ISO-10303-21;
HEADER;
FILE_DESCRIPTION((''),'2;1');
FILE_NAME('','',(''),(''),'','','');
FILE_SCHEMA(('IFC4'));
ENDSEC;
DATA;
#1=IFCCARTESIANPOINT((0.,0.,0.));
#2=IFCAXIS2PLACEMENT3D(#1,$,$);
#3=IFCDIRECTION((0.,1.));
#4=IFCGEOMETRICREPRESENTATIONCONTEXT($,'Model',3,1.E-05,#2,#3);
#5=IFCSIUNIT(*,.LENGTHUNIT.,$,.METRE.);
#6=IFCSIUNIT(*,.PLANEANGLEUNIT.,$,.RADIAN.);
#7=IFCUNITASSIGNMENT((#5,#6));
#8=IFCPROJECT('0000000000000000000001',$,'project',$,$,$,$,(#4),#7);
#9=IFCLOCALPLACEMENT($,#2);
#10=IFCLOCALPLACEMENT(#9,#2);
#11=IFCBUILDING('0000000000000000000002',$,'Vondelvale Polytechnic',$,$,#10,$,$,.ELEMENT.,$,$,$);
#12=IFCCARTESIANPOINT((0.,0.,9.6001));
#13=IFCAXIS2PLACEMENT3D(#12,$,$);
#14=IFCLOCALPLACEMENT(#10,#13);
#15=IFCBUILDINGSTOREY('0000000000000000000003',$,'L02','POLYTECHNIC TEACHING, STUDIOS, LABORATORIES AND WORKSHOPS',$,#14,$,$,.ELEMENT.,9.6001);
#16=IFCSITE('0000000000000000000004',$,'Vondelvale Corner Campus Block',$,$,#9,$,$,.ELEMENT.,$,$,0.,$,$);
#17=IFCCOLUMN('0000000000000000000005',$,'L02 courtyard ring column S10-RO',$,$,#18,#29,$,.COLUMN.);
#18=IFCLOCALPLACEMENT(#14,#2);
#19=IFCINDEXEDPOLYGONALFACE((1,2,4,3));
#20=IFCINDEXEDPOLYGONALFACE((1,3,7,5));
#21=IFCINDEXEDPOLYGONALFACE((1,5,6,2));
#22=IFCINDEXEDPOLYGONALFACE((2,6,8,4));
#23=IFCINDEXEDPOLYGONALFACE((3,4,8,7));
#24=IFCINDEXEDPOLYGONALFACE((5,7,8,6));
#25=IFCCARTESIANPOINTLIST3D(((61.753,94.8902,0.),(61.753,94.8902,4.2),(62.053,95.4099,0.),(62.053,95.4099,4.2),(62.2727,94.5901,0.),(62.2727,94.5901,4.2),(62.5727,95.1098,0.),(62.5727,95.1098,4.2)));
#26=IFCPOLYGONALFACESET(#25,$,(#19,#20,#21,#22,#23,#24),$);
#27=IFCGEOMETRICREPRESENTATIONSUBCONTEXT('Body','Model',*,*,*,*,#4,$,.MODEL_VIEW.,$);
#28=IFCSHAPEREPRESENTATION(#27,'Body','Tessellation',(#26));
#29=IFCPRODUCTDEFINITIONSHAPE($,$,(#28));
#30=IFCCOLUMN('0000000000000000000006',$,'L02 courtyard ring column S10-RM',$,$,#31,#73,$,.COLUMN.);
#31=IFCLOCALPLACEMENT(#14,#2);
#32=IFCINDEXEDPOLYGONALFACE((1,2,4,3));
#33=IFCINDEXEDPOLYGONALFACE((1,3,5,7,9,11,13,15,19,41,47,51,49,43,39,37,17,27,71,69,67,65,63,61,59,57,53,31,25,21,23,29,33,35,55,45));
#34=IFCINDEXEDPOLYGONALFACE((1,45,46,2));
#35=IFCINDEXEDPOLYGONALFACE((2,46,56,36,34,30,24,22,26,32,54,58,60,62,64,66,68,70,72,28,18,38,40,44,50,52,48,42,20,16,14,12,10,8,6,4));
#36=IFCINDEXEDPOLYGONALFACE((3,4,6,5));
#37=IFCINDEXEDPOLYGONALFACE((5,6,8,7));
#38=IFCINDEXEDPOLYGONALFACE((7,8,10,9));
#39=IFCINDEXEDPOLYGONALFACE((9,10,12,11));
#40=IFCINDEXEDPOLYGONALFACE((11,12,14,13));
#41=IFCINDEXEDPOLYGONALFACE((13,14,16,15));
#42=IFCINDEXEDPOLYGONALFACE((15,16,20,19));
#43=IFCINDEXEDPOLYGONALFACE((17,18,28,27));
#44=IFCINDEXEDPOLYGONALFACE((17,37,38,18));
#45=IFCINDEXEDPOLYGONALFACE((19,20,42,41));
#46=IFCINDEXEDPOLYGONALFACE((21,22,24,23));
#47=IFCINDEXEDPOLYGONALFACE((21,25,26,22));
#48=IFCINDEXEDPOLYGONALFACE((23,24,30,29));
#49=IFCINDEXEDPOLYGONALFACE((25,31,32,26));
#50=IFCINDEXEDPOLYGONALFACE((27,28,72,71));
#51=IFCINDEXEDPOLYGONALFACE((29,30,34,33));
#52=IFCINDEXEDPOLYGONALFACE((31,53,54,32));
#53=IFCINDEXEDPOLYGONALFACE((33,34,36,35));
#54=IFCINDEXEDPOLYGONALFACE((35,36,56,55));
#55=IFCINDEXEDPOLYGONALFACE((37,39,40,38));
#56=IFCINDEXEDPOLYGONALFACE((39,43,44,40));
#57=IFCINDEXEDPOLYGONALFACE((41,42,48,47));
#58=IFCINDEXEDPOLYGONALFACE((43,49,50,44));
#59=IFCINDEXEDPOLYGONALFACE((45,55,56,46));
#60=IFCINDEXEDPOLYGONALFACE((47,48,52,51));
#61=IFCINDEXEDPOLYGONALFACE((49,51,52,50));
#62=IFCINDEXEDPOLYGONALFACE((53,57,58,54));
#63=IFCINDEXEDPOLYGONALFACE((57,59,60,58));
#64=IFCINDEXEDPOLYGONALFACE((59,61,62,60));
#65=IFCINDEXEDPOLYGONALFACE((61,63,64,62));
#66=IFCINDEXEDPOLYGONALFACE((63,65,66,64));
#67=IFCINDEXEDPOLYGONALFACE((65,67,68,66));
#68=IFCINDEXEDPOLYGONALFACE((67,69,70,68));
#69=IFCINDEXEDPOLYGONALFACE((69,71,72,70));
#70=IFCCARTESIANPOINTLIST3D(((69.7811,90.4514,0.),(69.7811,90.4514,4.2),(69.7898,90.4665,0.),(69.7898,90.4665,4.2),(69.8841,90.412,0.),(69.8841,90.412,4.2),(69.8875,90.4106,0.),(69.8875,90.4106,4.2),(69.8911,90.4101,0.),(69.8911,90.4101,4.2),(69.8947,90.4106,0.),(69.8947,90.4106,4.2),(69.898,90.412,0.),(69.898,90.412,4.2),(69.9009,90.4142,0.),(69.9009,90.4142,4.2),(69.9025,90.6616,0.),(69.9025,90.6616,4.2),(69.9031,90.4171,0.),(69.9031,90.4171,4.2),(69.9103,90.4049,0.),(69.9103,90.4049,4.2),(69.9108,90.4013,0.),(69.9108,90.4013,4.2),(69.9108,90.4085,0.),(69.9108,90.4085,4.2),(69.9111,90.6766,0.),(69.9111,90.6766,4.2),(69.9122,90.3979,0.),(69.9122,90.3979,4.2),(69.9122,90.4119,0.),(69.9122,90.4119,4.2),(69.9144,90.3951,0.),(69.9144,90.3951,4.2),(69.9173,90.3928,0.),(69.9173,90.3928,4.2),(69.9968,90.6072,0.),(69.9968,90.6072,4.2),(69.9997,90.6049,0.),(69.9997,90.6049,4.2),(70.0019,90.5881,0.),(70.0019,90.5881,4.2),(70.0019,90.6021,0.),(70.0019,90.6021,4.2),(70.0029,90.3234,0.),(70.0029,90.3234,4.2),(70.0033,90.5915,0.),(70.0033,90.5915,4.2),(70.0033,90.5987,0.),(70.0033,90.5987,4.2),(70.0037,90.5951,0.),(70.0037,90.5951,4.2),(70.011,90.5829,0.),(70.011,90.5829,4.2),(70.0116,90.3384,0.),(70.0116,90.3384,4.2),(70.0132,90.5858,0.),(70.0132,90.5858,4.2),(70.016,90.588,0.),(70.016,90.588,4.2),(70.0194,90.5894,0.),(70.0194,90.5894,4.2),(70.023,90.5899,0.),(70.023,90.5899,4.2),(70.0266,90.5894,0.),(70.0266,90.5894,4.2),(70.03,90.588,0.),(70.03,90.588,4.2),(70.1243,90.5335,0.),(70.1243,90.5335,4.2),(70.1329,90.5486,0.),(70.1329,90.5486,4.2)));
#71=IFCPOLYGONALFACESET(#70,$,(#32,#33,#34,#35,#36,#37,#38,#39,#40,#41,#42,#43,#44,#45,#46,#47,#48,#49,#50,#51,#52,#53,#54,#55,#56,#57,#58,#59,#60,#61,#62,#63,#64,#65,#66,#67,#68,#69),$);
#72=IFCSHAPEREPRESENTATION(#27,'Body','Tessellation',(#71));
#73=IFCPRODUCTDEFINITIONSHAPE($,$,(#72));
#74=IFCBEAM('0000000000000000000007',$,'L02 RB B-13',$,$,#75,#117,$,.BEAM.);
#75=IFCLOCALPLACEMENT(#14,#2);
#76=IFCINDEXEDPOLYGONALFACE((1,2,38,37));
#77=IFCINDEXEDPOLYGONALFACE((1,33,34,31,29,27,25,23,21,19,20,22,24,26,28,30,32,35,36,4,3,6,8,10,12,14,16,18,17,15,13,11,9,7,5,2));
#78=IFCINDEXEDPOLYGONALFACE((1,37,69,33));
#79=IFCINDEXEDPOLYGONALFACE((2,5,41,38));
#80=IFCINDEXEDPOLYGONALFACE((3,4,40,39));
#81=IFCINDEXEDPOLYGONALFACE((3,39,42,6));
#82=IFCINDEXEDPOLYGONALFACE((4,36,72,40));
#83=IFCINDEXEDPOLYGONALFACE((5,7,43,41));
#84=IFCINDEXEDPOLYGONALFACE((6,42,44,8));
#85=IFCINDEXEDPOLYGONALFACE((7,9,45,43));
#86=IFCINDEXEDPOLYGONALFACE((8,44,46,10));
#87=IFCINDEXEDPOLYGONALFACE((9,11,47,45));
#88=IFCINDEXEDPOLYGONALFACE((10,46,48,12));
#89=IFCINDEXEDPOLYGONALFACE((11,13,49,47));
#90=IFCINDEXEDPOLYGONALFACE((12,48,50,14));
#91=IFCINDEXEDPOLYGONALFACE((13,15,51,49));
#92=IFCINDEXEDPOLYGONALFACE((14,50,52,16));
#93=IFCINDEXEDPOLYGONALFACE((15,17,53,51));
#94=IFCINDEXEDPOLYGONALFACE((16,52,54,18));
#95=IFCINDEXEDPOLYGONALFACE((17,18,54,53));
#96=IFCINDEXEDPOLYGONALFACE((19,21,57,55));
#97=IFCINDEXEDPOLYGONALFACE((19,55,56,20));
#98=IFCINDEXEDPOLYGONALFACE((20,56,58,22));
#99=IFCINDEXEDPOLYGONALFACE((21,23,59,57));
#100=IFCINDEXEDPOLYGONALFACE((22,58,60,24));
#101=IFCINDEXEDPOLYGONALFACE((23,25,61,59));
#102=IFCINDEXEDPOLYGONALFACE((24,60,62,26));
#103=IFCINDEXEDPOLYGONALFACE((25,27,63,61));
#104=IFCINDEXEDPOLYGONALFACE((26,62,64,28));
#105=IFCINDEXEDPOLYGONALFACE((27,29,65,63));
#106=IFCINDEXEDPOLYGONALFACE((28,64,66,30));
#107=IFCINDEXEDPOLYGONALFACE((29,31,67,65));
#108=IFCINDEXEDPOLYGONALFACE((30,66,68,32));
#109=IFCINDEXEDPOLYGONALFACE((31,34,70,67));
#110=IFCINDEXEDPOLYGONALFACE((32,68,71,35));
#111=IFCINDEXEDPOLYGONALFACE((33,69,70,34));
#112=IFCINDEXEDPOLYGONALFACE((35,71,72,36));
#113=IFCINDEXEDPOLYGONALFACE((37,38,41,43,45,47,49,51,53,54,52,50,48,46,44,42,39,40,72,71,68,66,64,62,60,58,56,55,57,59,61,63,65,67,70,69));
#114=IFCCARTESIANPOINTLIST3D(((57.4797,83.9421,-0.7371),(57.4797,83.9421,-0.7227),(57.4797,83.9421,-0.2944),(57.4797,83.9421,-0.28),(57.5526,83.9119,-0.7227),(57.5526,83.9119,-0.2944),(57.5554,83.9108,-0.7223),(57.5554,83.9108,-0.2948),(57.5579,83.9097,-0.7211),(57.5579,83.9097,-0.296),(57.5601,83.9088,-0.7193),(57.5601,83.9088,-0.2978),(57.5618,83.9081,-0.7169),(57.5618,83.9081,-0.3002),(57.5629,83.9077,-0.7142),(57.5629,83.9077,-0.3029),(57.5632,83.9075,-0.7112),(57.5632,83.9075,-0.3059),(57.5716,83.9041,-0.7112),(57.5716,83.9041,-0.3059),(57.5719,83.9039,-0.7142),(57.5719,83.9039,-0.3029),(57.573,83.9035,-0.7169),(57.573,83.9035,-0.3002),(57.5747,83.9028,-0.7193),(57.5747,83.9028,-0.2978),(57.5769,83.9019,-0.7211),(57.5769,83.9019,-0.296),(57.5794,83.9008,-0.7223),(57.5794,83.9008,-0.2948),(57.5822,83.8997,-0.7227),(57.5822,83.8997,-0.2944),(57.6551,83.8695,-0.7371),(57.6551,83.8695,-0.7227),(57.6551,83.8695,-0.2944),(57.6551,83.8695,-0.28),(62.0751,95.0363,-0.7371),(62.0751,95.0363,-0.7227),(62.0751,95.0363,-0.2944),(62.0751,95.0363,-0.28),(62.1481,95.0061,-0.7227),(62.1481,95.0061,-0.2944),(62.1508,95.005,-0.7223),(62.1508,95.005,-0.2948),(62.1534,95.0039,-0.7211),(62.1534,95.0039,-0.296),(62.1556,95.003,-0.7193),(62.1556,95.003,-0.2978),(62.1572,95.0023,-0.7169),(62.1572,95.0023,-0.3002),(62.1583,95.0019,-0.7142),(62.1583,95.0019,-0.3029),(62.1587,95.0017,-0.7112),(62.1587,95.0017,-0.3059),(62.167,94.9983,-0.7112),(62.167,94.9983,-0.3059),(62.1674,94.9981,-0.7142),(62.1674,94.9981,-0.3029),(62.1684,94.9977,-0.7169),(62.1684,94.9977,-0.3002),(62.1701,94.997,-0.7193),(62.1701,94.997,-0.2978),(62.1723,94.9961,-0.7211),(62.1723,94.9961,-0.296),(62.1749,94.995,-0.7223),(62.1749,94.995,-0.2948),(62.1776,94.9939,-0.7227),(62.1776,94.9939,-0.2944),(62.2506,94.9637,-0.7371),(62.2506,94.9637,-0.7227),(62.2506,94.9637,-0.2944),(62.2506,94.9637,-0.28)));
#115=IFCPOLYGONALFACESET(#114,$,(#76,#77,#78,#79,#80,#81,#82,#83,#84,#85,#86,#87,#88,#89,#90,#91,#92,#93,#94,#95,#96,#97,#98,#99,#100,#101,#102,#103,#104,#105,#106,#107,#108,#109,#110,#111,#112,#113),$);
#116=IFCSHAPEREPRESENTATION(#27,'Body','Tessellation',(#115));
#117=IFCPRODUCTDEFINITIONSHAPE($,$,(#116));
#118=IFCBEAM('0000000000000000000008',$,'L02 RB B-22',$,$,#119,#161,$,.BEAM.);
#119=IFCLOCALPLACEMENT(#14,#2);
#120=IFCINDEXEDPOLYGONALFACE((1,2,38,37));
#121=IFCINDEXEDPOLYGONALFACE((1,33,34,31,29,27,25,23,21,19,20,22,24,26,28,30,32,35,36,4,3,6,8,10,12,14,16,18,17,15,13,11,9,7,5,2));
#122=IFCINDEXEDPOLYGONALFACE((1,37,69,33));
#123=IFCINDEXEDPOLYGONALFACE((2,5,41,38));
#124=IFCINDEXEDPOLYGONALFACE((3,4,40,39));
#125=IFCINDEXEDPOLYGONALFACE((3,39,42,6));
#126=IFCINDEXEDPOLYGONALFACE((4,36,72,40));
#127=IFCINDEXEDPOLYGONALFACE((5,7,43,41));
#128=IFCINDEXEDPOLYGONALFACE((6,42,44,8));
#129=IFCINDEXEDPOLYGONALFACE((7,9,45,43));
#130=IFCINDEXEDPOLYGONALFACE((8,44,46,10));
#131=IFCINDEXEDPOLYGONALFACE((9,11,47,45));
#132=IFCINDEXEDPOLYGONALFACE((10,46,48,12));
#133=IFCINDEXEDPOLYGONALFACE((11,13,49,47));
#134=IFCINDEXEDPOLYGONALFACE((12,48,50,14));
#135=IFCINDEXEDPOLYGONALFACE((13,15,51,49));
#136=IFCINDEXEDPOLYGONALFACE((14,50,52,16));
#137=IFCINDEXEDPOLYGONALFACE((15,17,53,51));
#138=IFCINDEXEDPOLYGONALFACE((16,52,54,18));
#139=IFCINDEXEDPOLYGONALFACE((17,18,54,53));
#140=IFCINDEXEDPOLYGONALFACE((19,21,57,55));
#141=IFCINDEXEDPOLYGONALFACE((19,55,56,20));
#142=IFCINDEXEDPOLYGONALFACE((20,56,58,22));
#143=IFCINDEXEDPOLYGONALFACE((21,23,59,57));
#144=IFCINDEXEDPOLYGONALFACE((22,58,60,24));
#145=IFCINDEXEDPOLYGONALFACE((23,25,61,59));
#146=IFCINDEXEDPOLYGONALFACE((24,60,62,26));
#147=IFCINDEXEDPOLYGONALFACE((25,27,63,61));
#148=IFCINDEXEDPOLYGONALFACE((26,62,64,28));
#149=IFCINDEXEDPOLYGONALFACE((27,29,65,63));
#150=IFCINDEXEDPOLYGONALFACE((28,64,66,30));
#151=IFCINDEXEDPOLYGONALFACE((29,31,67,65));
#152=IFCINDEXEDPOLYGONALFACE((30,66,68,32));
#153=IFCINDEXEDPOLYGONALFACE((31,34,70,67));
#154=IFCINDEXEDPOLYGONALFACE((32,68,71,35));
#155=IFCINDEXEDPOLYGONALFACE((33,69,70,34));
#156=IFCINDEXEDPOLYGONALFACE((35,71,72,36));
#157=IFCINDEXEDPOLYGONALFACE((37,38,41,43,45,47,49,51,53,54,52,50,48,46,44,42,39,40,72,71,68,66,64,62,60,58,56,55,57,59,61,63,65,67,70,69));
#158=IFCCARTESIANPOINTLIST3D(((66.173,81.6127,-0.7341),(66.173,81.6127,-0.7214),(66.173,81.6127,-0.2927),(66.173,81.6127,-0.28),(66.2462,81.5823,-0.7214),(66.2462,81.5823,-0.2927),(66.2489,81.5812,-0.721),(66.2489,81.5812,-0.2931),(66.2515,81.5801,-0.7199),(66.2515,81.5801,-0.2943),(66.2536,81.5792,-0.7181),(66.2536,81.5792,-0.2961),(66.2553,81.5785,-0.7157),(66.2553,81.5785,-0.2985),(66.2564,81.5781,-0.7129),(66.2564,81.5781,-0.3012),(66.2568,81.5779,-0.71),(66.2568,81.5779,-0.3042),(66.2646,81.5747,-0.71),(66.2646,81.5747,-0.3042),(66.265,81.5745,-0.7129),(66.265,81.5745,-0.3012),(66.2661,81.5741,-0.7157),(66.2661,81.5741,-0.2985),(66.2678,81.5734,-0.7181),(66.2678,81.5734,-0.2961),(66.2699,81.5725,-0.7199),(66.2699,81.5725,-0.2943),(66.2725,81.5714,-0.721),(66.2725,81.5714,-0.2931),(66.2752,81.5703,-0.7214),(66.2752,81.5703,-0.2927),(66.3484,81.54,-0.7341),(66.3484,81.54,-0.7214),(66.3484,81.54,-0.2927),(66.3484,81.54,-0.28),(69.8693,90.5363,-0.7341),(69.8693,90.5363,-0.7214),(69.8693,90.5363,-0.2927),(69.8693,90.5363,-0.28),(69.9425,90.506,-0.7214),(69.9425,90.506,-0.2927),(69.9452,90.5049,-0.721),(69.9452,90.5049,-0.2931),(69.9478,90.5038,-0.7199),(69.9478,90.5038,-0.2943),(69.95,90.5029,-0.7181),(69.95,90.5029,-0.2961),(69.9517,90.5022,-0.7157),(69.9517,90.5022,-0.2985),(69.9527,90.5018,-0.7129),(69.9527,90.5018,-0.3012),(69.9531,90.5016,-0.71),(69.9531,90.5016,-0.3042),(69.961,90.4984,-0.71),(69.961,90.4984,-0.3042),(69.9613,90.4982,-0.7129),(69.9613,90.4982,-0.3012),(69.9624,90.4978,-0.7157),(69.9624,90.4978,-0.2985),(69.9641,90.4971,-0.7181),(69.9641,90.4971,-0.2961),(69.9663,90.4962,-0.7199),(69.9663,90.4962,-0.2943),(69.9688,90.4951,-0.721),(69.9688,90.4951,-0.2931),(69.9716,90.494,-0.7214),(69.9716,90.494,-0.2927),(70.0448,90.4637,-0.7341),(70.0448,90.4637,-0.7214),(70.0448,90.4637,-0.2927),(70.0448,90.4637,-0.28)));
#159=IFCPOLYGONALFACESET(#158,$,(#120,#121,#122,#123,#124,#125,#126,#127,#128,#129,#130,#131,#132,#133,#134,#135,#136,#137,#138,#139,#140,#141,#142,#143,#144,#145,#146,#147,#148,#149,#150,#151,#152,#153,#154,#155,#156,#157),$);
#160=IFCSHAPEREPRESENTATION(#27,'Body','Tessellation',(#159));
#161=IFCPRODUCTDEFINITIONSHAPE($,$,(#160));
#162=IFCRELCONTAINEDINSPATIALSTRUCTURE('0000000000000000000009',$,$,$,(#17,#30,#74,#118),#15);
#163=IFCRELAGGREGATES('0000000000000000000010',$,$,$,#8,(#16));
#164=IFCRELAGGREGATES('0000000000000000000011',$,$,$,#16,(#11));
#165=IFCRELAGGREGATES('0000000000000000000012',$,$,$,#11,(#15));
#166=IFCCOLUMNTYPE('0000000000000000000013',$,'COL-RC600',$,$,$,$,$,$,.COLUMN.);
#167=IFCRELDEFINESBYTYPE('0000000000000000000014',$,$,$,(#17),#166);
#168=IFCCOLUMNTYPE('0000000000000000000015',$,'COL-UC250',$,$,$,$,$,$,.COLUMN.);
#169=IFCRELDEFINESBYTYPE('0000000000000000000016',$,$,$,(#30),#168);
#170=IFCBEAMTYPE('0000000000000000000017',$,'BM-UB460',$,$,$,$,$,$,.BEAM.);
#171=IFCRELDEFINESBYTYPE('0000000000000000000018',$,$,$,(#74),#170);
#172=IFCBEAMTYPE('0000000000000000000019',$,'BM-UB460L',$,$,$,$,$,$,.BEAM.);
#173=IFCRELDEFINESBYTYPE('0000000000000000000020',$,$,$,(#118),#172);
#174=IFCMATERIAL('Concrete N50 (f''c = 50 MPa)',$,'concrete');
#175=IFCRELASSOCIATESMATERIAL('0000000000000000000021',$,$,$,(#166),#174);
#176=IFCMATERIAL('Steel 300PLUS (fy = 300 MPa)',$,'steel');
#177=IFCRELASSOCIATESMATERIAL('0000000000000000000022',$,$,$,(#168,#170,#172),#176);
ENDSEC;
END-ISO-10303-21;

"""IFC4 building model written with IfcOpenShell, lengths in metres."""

from ifc_helpers import new_model, si_unit, direction, frame, origin, origin_2d, place, context, subcontext, project, spatial, rectangle, i_section, extrude, material, material_profile, profile_set, type_object, element, save


model = new_model("IFC4")

# Units and contexts
model_context = context("Model", 3, precision=1e-05, world=origin(), true_north=direction((0.0, 1.0)))
body_context = subcontext(model_context, "Body", "Model", "MODEL_VIEW")
ifc_project = project(units=[si_unit("LENGTHUNIT", "METRE"), si_unit("PLANEANGLEUNIT", "RADIAN")], contexts=[model_context])

# Site, building, storey
site_placement = place(None, origin())
site = spatial("IfcSite", under=ifc_project, at=site_placement, Name="Vondelvale Corner Campus Block", CompositionType="ELEMENT", RefElevation=0.0)
building_placement = place(site_placement, origin())
building = spatial("IfcBuilding", under=site, at=building_placement, Name="Vondelvale Polytechnic", CompositionType="ELEMENT")
storey_placement = place(building_placement, frame((0.0, 0.0, 9.6001)))
storey = spatial("IfcBuildingStorey", under=building, at=storey_placement, Name="L02", Description="POLYTECHNIC TEACHING, STUDIOS, LABORATORIES AND WORKSHOPS", CompositionType="ELEMENT", Elevation=9.6001)

# Columns
ifc_material_1 = material(Name="Concrete N50 (f'c = 50 MPa)", Category="concrete")
ifc_material_profile_1 = material_profile(ifc_material_1, rectangle(XDim=0.6001, YDim=0.6001, at=origin_2d()), Name="RC-COL-600x600")
ifc_profile_set_1 = profile_set([ifc_material_profile_1], Name="Concrete N50 (f'c = 50 MPa)")
column_type_1 = type_object("IfcColumnType", Name="COL-RC600", PredefinedType="COLUMN", material=ifc_profile_set_1)
column_1_placement = place(storey_placement, frame((62.1628, 95.0, 0.0), z_axis=(0.0, 0.0, 1.0), x_axis=(-0.866025, 0.5, 0.0)))
element("IfcColumn", 1, at=column_1_placement, inside=storey, type_object=column_type_1, Name="L02 courtyard ring column S10-RO", PredefinedType="COLUMN", context=body_context, shape_type="SweptSolid", body=[
    extrude(rectangle(XDim=0.6001, YDim=0.6001, at=origin_2d()), origin(), (0.0, 0.0, 1.0), 4.2),
])
ifc_material_2 = material(Name="Steel 300PLUS (fy = 300 MPa)", Category="steel")
ifc_material_profile_2 = material_profile(ifc_material_2, i_section(OverallWidth=0.2561, OverallDepth=0.26, WebThickness=0.0105, FlangeThickness=0.0173, FilletRadius=0.0139, at=origin_2d()), Name="250UC89.5")
ifc_profile_set_2 = profile_set([ifc_material_profile_2], Name="Steel 300PLUS (fy = 300 MPa)")
column_type_2 = type_object("IfcColumnType", Name="COL-UC250", PredefinedType="COLUMN", material=ifc_profile_set_2)
column_2_placement = place(storey_placement, frame((69.957, 90.5, 0.0), z_axis=(0.0, 0.0, 1.0), x_axis=(-0.866025, 0.5, 0.0)))
element("IfcColumn", 2, at=column_2_placement, inside=storey, type_object=column_type_2, Name="L02 courtyard ring column S10-RM", PredefinedType="COLUMN", context=body_context, shape_type="SweptSolid", body=[
    extrude(i_section(OverallWidth=0.2561, OverallDepth=0.26, WebThickness=0.0105, FlangeThickness=0.0173, FilletRadius=0.0139, at=origin_2d()), origin(), (0.0, 0.0, 1.0), 4.2),
])

# Beams
ifc_material_profile_3 = material_profile(ifc_material_2, i_section(OverallWidth=0.1899, OverallDepth=0.457, WebThickness=0.009, FlangeThickness=0.0144, FilletRadius=0.0115, at=origin_2d()), Name="460UB74.6")
ifc_profile_set_3 = profile_set([ifc_material_profile_3], Name="Steel 300PLUS (fy = 300 MPa)")
beam_type_1 = type_object("IfcBeamType", Name="BM-UB460", PredefinedType="BEAM", material=ifc_profile_set_3)
beam_1_placement = place(storey_placement, frame((62.1628, 95.0, -0.5085), z_axis=(-0.382689, -0.923877, 0.0), x_axis=(0.923877, -0.382689, 0.0)))
element("IfcBeam", 3, at=beam_1_placement, inside=storey, type_object=beam_type_1, Name="L02 RB B-13", PredefinedType="BEAM", context=body_context, shape_type="SweptSolid", body=[
    extrude(i_section(OverallWidth=0.1899, OverallDepth=0.457, WebThickness=0.009, FlangeThickness=0.0144, FilletRadius=0.0115, at=origin_2d()), origin(), (0.0, 0.0, 1.0), 12.0083),
])
ifc_material_profile_4 = material_profile(ifc_material_2, i_section(OverallWidth=0.1899, OverallDepth=0.4541, WebThickness=0.0085, FlangeThickness=0.0127, FilletRadius=0.0115, at=origin_2d()), Name="460UB67.1")
ifc_profile_set_4 = profile_set([ifc_material_profile_4], Name="Steel 300PLUS (fy = 300 MPa)")
beam_type_2 = type_object("IfcBeamType", Name="BM-UB460L", PredefinedType="BEAM", material=ifc_profile_set_4)
beam_2_placement = place(storey_placement, frame((69.957, 90.5, -0.5071), z_axis=(-0.382685, -0.923879, 0.0), x_axis=(0.923879, -0.382685, 0.0)))
element("IfcBeam", 4, at=beam_2_placement, inside=storey, type_object=beam_type_2, Name="L02 RB B-22", PredefinedType="BEAM", context=body_context, shape_type="SweptSolid", body=[
    extrude(i_section(OverallWidth=0.1899, OverallDepth=0.4541, WebThickness=0.0085, FlangeThickness=0.0127, FilletRadius=0.0115, at=origin_2d()), origin(), (0.0, 0.0, 1.0), 9.6589),
])

save(model, "model.ifc")
